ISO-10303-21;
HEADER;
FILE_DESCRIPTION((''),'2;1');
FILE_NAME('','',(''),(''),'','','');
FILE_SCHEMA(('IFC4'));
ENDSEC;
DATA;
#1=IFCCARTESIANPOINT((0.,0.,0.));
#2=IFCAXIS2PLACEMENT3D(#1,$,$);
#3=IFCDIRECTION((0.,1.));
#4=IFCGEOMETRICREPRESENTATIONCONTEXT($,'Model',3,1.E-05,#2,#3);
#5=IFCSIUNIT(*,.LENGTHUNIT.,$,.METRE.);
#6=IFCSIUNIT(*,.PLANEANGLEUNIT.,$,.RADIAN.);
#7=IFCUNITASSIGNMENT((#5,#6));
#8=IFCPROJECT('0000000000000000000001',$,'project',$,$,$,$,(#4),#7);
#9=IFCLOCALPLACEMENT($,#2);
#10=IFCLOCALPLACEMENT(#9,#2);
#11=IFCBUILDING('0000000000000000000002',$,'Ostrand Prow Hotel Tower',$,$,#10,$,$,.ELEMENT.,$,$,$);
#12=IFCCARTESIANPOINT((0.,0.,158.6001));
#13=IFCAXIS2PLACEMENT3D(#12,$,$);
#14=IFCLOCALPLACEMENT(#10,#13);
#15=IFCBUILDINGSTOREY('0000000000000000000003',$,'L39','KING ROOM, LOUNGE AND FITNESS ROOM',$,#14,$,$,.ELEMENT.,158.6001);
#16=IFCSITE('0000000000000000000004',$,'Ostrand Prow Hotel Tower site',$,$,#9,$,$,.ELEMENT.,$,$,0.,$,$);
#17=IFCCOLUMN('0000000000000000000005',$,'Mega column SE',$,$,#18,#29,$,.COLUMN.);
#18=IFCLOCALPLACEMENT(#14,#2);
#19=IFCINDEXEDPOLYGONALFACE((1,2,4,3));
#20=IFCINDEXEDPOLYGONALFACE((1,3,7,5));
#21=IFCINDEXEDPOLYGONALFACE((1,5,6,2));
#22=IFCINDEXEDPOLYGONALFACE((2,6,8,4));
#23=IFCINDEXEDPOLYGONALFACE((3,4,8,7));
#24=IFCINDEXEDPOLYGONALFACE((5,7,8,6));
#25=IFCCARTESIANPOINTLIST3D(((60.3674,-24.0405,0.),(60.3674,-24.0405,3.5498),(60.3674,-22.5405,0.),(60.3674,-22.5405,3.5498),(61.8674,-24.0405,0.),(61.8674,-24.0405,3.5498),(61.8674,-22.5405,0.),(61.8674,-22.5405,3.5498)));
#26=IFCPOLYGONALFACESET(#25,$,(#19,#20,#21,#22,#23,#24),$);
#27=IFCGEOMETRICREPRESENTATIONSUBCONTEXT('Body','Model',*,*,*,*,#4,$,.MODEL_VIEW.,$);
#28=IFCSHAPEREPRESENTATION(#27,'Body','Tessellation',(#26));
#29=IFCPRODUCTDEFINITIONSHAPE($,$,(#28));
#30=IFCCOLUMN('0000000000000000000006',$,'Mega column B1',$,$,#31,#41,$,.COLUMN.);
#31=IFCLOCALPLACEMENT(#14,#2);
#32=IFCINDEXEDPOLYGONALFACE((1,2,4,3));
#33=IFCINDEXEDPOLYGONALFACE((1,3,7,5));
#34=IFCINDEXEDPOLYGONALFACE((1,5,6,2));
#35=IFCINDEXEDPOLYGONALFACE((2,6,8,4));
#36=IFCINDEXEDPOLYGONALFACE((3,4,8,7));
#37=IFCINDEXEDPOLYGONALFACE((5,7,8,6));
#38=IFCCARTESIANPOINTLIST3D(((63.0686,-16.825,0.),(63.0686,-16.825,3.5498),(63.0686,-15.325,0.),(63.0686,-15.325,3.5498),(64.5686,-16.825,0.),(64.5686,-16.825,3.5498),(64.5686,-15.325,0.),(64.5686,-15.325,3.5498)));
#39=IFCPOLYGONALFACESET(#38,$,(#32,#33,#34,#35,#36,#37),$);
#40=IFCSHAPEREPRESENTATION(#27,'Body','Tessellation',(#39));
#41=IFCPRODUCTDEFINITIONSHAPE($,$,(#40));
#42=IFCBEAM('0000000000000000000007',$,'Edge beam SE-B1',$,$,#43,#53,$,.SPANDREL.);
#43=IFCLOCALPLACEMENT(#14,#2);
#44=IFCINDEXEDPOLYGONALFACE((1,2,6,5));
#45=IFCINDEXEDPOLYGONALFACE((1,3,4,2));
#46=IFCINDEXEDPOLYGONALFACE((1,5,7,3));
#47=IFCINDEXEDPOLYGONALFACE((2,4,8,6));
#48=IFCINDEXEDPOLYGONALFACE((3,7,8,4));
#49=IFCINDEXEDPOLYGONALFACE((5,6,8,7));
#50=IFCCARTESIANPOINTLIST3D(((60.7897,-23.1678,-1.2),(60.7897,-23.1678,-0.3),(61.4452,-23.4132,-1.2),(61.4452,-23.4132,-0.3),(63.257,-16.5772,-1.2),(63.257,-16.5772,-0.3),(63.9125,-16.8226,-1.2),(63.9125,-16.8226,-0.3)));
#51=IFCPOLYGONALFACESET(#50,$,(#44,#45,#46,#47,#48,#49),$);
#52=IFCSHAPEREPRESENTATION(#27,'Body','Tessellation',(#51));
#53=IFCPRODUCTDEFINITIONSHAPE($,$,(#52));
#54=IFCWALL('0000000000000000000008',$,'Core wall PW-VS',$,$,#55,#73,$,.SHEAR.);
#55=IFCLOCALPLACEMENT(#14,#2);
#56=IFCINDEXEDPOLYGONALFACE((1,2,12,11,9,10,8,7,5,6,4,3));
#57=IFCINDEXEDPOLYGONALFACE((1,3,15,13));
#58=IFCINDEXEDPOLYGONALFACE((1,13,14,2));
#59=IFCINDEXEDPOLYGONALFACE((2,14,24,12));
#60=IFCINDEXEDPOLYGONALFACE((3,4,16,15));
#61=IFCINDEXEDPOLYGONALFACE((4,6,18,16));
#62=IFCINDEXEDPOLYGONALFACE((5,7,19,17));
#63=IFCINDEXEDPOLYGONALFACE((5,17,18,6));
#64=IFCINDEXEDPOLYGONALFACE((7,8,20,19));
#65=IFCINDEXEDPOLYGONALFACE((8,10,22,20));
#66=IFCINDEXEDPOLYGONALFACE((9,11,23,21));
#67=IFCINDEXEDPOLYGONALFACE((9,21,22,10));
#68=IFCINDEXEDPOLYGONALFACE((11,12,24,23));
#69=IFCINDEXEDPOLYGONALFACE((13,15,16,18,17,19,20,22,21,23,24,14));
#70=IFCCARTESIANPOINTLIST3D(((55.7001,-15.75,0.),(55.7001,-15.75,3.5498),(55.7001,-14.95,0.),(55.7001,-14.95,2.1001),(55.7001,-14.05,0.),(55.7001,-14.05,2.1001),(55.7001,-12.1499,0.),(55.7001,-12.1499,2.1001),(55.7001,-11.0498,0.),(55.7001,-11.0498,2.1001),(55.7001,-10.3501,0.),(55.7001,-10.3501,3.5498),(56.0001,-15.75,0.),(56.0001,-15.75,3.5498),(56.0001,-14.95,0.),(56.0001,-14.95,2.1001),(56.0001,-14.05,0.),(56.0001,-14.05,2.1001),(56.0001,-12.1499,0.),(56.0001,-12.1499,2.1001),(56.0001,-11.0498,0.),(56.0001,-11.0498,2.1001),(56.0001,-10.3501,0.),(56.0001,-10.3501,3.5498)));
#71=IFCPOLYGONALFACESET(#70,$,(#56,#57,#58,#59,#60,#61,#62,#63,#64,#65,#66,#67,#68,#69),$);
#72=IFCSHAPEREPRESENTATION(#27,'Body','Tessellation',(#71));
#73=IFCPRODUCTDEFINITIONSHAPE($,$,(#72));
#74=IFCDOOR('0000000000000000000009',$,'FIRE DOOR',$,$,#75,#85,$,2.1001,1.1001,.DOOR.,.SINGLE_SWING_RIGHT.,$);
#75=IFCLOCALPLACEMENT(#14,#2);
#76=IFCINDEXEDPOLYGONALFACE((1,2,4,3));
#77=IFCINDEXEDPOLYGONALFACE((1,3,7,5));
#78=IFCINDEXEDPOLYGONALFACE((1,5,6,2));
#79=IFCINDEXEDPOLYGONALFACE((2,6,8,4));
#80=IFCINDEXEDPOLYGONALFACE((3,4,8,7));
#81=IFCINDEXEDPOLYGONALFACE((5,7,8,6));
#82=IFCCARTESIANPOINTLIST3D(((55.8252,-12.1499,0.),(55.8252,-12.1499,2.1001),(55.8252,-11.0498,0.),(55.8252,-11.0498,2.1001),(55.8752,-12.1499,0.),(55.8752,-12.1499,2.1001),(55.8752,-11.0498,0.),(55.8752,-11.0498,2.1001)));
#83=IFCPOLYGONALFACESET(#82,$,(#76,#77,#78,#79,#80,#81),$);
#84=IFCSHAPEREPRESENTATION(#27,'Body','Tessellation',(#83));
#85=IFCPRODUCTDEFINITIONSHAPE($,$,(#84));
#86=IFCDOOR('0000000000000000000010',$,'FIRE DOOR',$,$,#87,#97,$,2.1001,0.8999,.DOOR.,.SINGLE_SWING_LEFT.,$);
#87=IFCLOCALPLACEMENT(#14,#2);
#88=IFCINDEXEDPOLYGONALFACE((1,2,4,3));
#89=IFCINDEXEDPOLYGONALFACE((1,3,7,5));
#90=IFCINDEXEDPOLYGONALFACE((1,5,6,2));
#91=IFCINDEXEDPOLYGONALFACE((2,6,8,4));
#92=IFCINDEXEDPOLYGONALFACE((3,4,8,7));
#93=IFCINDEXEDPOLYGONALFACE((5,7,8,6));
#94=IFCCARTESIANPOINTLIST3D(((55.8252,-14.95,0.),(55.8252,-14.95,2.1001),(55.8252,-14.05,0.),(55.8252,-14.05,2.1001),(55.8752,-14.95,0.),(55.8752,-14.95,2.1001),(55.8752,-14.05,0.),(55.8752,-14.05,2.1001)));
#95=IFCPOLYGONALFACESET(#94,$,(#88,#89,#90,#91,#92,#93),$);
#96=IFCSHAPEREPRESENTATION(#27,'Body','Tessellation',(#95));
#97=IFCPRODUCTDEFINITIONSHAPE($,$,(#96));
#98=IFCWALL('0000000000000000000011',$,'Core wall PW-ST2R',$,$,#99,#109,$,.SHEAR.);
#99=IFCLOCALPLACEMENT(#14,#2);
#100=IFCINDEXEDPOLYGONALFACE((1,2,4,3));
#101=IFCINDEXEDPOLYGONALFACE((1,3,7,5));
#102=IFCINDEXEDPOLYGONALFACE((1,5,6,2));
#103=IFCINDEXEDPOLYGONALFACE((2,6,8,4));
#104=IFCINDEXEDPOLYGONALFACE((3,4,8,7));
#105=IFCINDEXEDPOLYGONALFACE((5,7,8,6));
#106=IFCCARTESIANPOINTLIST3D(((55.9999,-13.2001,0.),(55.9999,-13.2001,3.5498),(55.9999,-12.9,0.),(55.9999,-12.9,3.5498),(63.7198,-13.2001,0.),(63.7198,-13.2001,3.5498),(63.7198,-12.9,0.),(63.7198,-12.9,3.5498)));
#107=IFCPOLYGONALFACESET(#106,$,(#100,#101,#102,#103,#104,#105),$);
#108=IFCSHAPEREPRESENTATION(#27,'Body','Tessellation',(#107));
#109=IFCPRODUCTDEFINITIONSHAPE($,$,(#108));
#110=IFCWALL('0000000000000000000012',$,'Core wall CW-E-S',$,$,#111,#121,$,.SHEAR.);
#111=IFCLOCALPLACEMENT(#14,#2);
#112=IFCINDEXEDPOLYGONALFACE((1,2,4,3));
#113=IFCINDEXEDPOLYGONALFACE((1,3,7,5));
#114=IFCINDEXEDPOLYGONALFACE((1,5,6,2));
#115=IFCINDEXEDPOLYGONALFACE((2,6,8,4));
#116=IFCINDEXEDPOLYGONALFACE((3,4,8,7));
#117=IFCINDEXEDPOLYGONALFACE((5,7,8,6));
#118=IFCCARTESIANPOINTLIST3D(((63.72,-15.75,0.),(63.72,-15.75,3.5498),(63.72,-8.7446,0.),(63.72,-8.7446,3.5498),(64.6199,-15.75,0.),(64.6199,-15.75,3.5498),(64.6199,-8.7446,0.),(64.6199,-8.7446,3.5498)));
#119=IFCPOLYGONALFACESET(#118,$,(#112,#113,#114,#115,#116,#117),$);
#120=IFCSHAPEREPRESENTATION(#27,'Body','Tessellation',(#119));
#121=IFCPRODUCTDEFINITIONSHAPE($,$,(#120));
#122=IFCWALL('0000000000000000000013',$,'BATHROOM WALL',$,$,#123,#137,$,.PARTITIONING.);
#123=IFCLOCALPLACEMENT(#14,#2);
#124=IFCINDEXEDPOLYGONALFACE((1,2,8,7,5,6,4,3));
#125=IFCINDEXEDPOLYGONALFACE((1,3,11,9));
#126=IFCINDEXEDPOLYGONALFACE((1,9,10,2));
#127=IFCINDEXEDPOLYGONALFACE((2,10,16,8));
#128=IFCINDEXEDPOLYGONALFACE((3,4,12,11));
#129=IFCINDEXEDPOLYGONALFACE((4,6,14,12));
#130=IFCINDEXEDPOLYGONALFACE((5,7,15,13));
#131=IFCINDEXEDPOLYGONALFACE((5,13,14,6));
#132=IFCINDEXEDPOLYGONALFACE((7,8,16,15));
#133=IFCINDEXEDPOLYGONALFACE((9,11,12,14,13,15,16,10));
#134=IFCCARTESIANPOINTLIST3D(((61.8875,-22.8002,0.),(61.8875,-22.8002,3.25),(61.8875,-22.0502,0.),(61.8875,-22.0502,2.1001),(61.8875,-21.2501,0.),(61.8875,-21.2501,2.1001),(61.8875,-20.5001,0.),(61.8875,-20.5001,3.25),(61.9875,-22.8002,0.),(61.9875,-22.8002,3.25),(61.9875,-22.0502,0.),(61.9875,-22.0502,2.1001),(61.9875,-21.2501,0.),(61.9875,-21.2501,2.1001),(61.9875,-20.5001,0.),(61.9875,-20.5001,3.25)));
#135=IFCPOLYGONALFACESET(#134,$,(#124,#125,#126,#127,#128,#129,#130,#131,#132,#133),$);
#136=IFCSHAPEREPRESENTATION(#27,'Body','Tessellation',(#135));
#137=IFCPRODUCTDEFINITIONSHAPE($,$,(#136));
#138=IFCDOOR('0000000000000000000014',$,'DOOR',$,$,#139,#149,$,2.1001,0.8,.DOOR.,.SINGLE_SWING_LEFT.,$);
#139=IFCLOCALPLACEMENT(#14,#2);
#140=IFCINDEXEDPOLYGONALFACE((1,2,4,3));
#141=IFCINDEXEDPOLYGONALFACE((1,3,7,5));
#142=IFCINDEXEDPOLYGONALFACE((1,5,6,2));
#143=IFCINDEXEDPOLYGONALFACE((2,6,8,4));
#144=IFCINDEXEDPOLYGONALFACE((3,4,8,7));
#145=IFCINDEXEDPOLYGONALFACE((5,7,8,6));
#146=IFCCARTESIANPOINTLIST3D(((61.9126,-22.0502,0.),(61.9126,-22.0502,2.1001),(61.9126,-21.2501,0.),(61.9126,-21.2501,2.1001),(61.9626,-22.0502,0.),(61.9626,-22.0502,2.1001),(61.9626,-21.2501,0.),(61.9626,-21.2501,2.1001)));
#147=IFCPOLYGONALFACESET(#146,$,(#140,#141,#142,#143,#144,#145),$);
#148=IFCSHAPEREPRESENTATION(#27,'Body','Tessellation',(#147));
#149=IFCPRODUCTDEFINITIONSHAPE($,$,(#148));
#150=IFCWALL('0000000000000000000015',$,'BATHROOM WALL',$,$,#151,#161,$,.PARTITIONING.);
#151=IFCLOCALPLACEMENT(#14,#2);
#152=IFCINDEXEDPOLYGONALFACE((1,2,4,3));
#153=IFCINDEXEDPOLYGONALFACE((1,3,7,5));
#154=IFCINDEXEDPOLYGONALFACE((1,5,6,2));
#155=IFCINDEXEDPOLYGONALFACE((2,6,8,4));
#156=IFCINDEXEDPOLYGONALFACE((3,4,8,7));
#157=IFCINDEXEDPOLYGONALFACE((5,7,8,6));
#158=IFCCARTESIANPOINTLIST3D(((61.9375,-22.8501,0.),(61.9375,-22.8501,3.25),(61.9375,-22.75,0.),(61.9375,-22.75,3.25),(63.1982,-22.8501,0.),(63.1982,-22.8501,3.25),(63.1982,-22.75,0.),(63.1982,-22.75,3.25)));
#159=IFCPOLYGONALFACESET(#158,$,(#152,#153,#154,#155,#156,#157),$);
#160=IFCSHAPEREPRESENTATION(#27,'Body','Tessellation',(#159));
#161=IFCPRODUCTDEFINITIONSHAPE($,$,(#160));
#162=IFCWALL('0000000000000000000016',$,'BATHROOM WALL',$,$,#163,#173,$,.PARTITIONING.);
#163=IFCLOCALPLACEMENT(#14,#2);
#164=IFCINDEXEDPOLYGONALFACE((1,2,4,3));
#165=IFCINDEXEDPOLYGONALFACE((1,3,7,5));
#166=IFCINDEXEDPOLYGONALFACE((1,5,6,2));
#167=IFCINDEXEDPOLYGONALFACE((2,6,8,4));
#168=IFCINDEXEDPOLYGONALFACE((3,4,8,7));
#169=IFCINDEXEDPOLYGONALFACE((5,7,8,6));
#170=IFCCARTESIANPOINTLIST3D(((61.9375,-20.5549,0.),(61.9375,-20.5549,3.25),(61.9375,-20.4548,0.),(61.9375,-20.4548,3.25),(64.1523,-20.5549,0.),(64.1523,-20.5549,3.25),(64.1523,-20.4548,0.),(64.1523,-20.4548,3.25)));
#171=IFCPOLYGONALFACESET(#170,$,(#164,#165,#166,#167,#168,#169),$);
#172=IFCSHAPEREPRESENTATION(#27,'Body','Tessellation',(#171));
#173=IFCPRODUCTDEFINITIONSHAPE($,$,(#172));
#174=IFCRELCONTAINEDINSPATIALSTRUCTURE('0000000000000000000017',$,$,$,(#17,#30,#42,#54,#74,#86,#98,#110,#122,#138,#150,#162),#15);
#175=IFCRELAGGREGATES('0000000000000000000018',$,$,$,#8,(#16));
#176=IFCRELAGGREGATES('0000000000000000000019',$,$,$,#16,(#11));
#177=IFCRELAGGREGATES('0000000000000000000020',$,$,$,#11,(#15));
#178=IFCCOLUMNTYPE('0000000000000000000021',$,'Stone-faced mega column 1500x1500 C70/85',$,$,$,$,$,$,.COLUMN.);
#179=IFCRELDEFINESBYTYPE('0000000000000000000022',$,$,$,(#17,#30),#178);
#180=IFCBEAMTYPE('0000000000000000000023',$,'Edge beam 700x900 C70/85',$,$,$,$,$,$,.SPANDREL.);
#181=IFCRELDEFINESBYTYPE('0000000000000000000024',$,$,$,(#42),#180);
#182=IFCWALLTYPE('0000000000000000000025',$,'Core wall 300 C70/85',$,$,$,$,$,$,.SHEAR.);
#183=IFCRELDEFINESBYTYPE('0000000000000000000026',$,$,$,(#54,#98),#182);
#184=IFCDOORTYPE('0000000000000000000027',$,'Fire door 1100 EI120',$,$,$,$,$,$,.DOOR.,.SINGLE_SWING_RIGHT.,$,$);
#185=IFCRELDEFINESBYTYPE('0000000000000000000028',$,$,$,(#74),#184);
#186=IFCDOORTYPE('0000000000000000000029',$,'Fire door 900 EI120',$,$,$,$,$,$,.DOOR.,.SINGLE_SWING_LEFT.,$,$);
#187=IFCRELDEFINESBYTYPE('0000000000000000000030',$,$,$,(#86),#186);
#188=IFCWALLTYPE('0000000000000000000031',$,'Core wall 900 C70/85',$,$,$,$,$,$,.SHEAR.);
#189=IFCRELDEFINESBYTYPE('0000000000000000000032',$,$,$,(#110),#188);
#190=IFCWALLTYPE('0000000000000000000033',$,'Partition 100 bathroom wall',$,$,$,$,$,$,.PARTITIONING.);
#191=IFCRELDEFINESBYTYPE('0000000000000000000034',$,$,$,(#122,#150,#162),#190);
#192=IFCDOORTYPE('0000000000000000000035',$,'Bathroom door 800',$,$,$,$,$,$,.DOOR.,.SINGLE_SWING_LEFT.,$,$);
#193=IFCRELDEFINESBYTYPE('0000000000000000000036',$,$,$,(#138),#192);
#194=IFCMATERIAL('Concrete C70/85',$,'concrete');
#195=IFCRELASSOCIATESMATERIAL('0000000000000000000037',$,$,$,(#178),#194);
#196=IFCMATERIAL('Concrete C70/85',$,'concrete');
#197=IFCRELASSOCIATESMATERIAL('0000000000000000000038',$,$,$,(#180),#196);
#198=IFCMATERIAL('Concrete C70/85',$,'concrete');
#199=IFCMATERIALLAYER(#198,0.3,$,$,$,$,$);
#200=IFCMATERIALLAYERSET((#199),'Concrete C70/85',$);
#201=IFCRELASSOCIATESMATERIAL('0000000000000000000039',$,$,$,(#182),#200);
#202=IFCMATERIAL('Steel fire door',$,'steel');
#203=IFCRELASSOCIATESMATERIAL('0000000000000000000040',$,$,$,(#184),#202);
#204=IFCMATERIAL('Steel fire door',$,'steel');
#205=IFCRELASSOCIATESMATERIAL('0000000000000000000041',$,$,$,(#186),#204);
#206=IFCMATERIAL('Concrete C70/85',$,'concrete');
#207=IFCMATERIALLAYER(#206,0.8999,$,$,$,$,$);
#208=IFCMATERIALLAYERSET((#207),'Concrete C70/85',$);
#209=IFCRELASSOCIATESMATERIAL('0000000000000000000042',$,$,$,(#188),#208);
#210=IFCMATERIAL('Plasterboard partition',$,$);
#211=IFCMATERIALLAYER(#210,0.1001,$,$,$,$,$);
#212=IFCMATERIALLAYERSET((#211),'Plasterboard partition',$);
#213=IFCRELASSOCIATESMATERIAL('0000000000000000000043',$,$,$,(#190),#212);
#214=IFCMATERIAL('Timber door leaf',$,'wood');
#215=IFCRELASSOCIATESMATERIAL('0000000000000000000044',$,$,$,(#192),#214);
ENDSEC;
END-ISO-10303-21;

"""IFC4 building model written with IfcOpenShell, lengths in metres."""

from ifc_helpers import new_model, si_unit, direction, frame, frame_2d, origin, origin_2d, place, context, subcontext, project, spatial, rectangle, extrude, material, layer, layer_set, material_profile, profile_set, type_object, element, fill, save


model = new_model("IFC4")

# Units and contexts
model_context = context("Model", 3, precision=1e-05, world=origin(), true_north=direction((0.0, 1.0)))
body_context = subcontext(model_context, "Body", "Model", "MODEL_VIEW")
ifc_project = project(units=[si_unit("LENGTHUNIT", "METRE"), si_unit("PLANEANGLEUNIT", "RADIAN")], contexts=[model_context])

# Site, building, storey
site_placement = place(None, origin())
site = spatial("IfcSite", under=ifc_project, at=site_placement, Name="Ostrand Prow Hotel Tower site", CompositionType="ELEMENT", RefElevation=0.0)
building_placement = place(site_placement, origin())
building = spatial("IfcBuilding", under=site, at=building_placement, Name="Ostrand Prow Hotel Tower", CompositionType="ELEMENT")
storey_placement = place(building_placement, frame((0.0, 0.0, 158.6001)))
storey = spatial("IfcBuildingStorey", under=building, at=storey_placement, Name="L39", Description="KING ROOM, LOUNGE AND FITNESS ROOM", CompositionType="ELEMENT", Elevation=158.6001)

# Columns
ifc_material_1 = material(Name="Concrete C70/85", Category="concrete")
ifc_material_profile_1 = material_profile(ifc_material_1, rectangle(XDim=1.5, YDim=1.5, at=origin_2d()), Name="RC 1500x1500")
ifc_profile_set_1 = profile_set([ifc_material_profile_1], Name="Concrete C70/85")
column_type = type_object("IfcColumnType", Name="Stone-faced mega column 1500x1500 C70/85", PredefinedType="COLUMN", material=ifc_profile_set_1)
for number, where, z_axis, x_axis, name in (
    (1, (61.1174, -23.2905, 0.0), (0.0, 0.0, 1.0), (1.0, 0.0, 0.0), "Mega column SE"),
    (2, (63.8186, -16.075, 0.0), (0.0, 0.0, 1.0), (1.0, 0.0, 0.0), "Mega column B1"),
):
    element("IfcColumn", number, at=place(storey_placement, frame(where, z_axis=z_axis, x_axis=x_axis)), inside=storey, type_object=column_type, Name=name, PredefinedType="COLUMN", context=body_context, shape_type="SweptSolid", body=[
        extrude(rectangle(XDim=1.5, YDim=1.5, at=origin_2d()), origin(), (0.0, 0.0, 1.0), 3.5498),
    ])

# Beam
ifc_material_2 = material(Name="Concrete C70/85", Category="concrete")
ifc_material_profile_2 = material_profile(ifc_material_2, rectangle(XDim=0.7, YDim=0.8999, at=origin_2d()), Name="RC 700x900")
ifc_profile_set_2 = profile_set([ifc_material_profile_2], Name="Concrete C70/85")
beam_type = type_object("IfcBeamType", Name="Edge beam 700x900 C70/85", PredefinedType="SPANDREL", material=ifc_profile_set_2)
beam_placement = place(storey_placement, frame((61.1174, -23.2905, -0.75), z_axis=(0.350603, 0.936524, 0.0), x_axis=(-0.936524, 0.350603, 0.0)))
element("IfcBeam", 3, at=beam_placement, inside=storey, type_object=beam_type, Name="Edge beam SE-B1", PredefinedType="SPANDREL", context=body_context, shape_type="SweptSolid", body=[
    extrude(rectangle(XDim=0.7, YDim=0.8999, at=origin_2d()), origin(), (0.0, 0.0, 1.0), 7.0374),
])

# Wall, openings, doors
ifc_material_3 = material(Name="Concrete C70/85", Category="concrete")
ifc_layer_1 = layer(ifc_material_3, 0.3)
ifc_layer_set_1 = layer_set([ifc_layer_1], Name="Concrete C70/85")
wall_type_1 = type_object("IfcWallType", Name="Core wall 300 C70/85", PredefinedType="SHEAR", material=ifc_layer_set_1)
wall_1_placement = place(storey_placement, frame((55.8501, -15.75, 0.0), z_axis=(0.0, 0.0, 1.0), x_axis=(0.0, 1.0, 0.0)))
wall_1 = element("IfcWall", 4, at=wall_1_placement, inside=storey, type_object=wall_type_1, Name="Core wall PW-VS", PredefinedType="SHEAR", context=body_context, shape_type="SweptSolid", body=[
    extrude(rectangle(XDim=5.3999, YDim=0.3, at=frame_2d((2.7, 0.0))), origin(), (0.0, 0.0, 1.0), 3.5498),
])
opening_1_placement = place(wall_1_placement, frame((3.6001, 0.0, 0.0)))
opening_1 = element("IfcOpeningElement", 5, at=opening_1_placement, cuts=wall_1, PredefinedType="OPENING", context=body_context, shape_type="SweptSolid", body=[
    extrude(rectangle(XDim=1.1001, YDim=2.1001, at=frame_2d((0.55, 1.05))), frame((0.0, 0.1599, 0.0), z_axis=(0.0, -1.0, 0.0), x_axis=(1.0, 0.0, 0.0)), (0.0, 0.0, 1.0), 0.3201),
])
opening_2_placement = place(wall_1_placement, frame((0.8, 0.0, 0.0)))
opening_2 = element("IfcOpeningElement", 6, at=opening_2_placement, cuts=wall_1, PredefinedType="OPENING", context=body_context, shape_type="SweptSolid", body=[
    extrude(rectangle(XDim=0.8999, YDim=2.1001, at=frame_2d((0.45, 1.05))), frame((0.0, 0.1599, 0.0), z_axis=(0.0, -1.0, 0.0), x_axis=(1.0, 0.0, 0.0)), (0.0, 0.0, 1.0), 0.3201),
])
ifc_material_4 = material(Name="Steel fire door", Category="steel")
door_type_1 = type_object("IfcDoorType", Name="Fire door 1100 EI120", OperationType="SINGLE_SWING_RIGHT", PredefinedType="DOOR", material=ifc_material_4)
door_1_placement = place(opening_1_placement, origin())
door_1 = element("IfcDoor", 7, at=door_1_placement, inside=storey, type_object=door_type_1, Name="FIRE DOOR", OperationType="SINGLE_SWING_RIGHT", OverallHeight=2.1001, OverallWidth=1.1001, PredefinedType="DOOR", context=body_context, shape_type="SweptSolid", body=[
    extrude(rectangle(XDim=1.1001, YDim=2.1001, at=frame_2d((0.55, 1.05))), frame((0.0, 0.0249, 0.0), z_axis=(0.0, -1.0, 0.0), x_axis=(1.0, 0.0, 0.0)), (0.0, 0.0, 1.0), 0.05),
])
fill(opening_1, door_1)
ifc_material_5 = material(Name="Steel fire door", Category="steel")
door_type_2 = type_object("IfcDoorType", Name="Fire door 900 EI120", OperationType="SINGLE_SWING_LEFT", PredefinedType="DOOR", material=ifc_material_5)
door_2_placement = place(opening_2_placement, origin())
door_2 = element("IfcDoor", 8, at=door_2_placement, inside=storey, type_object=door_type_2, Name="FIRE DOOR", OperationType="SINGLE_SWING_LEFT", OverallHeight=2.1001, OverallWidth=0.8999, PredefinedType="DOOR", context=body_context, shape_type="SweptSolid", body=[
    extrude(rectangle(XDim=0.8999, YDim=2.1001, at=frame_2d((0.45, 1.05))), frame((0.0, 0.0249, 0.0), z_axis=(0.0, -1.0, 0.0), x_axis=(1.0, 0.0, 0.0)), (0.0, 0.0, 1.0), 0.05),
])
fill(opening_2, door_2)

# Walls
wall_2_placement = place(storey_placement, frame((56.0, -13.05, 0.0), z_axis=(0.0, 0.0, 1.0), x_axis=(1.0, 0.0, 0.0)))
element("IfcWall", 9, at=wall_2_placement, inside=storey, type_object=wall_type_1, Name="Core wall PW-ST2R", PredefinedType="SHEAR", context=body_context, shape_type="SweptSolid", body=[
    extrude(rectangle(XDim=7.72, YDim=0.3, at=frame_2d((3.8599, 0.0))), origin(), (0.0, 0.0, 1.0), 3.5498),
])
ifc_material_6 = material(Name="Concrete C70/85", Category="concrete")
ifc_layer_2 = layer(ifc_material_6, 0.8999)
ifc_layer_set_2 = layer_set([ifc_layer_2], Name="Concrete C70/85")
wall_type_2 = type_object("IfcWallType", Name="Core wall 900 C70/85", PredefinedType="SHEAR", material=ifc_layer_set_2)
wall_3_placement = place(storey_placement, frame((64.1699, -15.75, 0.0), z_axis=(0.0, 0.0, 1.0), x_axis=(0.0, 1.0, 0.0)))
element("IfcWall", 10, at=wall_3_placement, inside=storey, type_object=wall_type_2, Name="Core wall CW-E-S", PredefinedType="SHEAR", context=body_context, shape_type="SweptSolid", body=[
    extrude(rectangle(XDim=7.0054, YDim=0.8999, at=frame_2d((3.5027, 0.0))), origin(), (0.0, 0.0, 1.0), 3.5498),
])

# Wall, opening, door
ifc_material_7 = material(Name="Plasterboard partition")
ifc_layer_3 = layer(ifc_material_7, 0.1001)
ifc_layer_set_3 = layer_set([ifc_layer_3], Name="Plasterboard partition")
wall_type_3 = type_object("IfcWallType", Name="Partition 100 bathroom wall", PredefinedType="PARTITIONING", material=ifc_layer_set_3)
wall_4_placement = place(storey_placement, frame((61.9375, -22.8, 0.0), z_axis=(0.0, 0.0, 1.0), x_axis=(0.0, 1.0, 0.0)))
wall_4 = element("IfcWall", 11, at=wall_4_placement, inside=storey, type_object=wall_type_3, Name="BATHROOM WALL", PredefinedType="PARTITIONING", context=body_context, shape_type="SweptSolid", body=[
    extrude(rectangle(XDim=2.3, YDim=0.1001, at=frame_2d((1.1499, 0.0))), origin(), (0.0, 0.0, 1.0), 3.25),
])
opening_3_placement = place(wall_4_placement, frame((0.75, 0.0, 0.0)))
opening_3 = element("IfcOpeningElement", 12, at=opening_3_placement, cuts=wall_4, PredefinedType="OPENING", context=body_context, shape_type="SweptSolid", body=[
    extrude(rectangle(XDim=0.8, YDim=2.1001, at=frame_2d((0.3999, 1.05))), frame((0.0, 0.0601, 0.0), z_axis=(0.0, -1.0, 0.0), x_axis=(1.0, 0.0, 0.0)), (0.0, 0.0, 1.0), 0.1201),
])
ifc_material_8 = material(Name="Timber door leaf", Category="wood")
door_type_3 = type_object("IfcDoorType", Name="Bathroom door 800", OperationType="SINGLE_SWING_LEFT", PredefinedType="DOOR", material=ifc_material_8)
door_3_placement = place(opening_3_placement, origin())
door_3 = element("IfcDoor", 13, at=door_3_placement, inside=storey, type_object=door_type_3, Name="DOOR", OperationType="SINGLE_SWING_LEFT", OverallHeight=2.1001, OverallWidth=0.8, PredefinedType="DOOR", context=body_context, shape_type="SweptSolid", body=[
    extrude(rectangle(XDim=0.8, YDim=2.1001, at=frame_2d((0.3999, 1.05))), frame((0.0, 0.0249, 0.0), z_axis=(0.0, -1.0, 0.0), x_axis=(1.0, 0.0, 0.0)), (0.0, 0.0, 1.0), 0.05),
])
fill(opening_3, door_3)

# Walls
wall_5_placement = place(storey_placement, frame((63.1982, -22.8, 0.0), z_axis=(0.0, 0.0, 1.0), x_axis=(-1.0, 0.0, 0.0)))
element("IfcWall", 14, at=wall_5_placement, inside=storey, type_object=wall_type_3, Name="BATHROOM WALL", PredefinedType="PARTITIONING", context=body_context, shape_type="SweptSolid", body=[
    extrude(rectangle(XDim=1.2607, YDim=0.1001, at=frame_2d((0.6304, 0.0))), origin(), (0.0, 0.0, 1.0), 3.25),
])
wall_6_placement = place(storey_placement, frame((61.9375, -20.5049, 0.0), z_axis=(0.0, 0.0, 1.0), x_axis=(1.0, 0.0, 0.0)))
element("IfcWall", 15, at=wall_6_placement, inside=storey, type_object=wall_type_3, Name="BATHROOM WALL", PredefinedType="PARTITIONING", context=body_context, shape_type="SweptSolid", body=[
    extrude(rectangle(XDim=2.2148, YDim=0.1001, at=frame_2d((1.1074, 0.0))), origin(), (0.0, 0.0, 1.0), 3.25),
])

save(model, "model.ifc")
